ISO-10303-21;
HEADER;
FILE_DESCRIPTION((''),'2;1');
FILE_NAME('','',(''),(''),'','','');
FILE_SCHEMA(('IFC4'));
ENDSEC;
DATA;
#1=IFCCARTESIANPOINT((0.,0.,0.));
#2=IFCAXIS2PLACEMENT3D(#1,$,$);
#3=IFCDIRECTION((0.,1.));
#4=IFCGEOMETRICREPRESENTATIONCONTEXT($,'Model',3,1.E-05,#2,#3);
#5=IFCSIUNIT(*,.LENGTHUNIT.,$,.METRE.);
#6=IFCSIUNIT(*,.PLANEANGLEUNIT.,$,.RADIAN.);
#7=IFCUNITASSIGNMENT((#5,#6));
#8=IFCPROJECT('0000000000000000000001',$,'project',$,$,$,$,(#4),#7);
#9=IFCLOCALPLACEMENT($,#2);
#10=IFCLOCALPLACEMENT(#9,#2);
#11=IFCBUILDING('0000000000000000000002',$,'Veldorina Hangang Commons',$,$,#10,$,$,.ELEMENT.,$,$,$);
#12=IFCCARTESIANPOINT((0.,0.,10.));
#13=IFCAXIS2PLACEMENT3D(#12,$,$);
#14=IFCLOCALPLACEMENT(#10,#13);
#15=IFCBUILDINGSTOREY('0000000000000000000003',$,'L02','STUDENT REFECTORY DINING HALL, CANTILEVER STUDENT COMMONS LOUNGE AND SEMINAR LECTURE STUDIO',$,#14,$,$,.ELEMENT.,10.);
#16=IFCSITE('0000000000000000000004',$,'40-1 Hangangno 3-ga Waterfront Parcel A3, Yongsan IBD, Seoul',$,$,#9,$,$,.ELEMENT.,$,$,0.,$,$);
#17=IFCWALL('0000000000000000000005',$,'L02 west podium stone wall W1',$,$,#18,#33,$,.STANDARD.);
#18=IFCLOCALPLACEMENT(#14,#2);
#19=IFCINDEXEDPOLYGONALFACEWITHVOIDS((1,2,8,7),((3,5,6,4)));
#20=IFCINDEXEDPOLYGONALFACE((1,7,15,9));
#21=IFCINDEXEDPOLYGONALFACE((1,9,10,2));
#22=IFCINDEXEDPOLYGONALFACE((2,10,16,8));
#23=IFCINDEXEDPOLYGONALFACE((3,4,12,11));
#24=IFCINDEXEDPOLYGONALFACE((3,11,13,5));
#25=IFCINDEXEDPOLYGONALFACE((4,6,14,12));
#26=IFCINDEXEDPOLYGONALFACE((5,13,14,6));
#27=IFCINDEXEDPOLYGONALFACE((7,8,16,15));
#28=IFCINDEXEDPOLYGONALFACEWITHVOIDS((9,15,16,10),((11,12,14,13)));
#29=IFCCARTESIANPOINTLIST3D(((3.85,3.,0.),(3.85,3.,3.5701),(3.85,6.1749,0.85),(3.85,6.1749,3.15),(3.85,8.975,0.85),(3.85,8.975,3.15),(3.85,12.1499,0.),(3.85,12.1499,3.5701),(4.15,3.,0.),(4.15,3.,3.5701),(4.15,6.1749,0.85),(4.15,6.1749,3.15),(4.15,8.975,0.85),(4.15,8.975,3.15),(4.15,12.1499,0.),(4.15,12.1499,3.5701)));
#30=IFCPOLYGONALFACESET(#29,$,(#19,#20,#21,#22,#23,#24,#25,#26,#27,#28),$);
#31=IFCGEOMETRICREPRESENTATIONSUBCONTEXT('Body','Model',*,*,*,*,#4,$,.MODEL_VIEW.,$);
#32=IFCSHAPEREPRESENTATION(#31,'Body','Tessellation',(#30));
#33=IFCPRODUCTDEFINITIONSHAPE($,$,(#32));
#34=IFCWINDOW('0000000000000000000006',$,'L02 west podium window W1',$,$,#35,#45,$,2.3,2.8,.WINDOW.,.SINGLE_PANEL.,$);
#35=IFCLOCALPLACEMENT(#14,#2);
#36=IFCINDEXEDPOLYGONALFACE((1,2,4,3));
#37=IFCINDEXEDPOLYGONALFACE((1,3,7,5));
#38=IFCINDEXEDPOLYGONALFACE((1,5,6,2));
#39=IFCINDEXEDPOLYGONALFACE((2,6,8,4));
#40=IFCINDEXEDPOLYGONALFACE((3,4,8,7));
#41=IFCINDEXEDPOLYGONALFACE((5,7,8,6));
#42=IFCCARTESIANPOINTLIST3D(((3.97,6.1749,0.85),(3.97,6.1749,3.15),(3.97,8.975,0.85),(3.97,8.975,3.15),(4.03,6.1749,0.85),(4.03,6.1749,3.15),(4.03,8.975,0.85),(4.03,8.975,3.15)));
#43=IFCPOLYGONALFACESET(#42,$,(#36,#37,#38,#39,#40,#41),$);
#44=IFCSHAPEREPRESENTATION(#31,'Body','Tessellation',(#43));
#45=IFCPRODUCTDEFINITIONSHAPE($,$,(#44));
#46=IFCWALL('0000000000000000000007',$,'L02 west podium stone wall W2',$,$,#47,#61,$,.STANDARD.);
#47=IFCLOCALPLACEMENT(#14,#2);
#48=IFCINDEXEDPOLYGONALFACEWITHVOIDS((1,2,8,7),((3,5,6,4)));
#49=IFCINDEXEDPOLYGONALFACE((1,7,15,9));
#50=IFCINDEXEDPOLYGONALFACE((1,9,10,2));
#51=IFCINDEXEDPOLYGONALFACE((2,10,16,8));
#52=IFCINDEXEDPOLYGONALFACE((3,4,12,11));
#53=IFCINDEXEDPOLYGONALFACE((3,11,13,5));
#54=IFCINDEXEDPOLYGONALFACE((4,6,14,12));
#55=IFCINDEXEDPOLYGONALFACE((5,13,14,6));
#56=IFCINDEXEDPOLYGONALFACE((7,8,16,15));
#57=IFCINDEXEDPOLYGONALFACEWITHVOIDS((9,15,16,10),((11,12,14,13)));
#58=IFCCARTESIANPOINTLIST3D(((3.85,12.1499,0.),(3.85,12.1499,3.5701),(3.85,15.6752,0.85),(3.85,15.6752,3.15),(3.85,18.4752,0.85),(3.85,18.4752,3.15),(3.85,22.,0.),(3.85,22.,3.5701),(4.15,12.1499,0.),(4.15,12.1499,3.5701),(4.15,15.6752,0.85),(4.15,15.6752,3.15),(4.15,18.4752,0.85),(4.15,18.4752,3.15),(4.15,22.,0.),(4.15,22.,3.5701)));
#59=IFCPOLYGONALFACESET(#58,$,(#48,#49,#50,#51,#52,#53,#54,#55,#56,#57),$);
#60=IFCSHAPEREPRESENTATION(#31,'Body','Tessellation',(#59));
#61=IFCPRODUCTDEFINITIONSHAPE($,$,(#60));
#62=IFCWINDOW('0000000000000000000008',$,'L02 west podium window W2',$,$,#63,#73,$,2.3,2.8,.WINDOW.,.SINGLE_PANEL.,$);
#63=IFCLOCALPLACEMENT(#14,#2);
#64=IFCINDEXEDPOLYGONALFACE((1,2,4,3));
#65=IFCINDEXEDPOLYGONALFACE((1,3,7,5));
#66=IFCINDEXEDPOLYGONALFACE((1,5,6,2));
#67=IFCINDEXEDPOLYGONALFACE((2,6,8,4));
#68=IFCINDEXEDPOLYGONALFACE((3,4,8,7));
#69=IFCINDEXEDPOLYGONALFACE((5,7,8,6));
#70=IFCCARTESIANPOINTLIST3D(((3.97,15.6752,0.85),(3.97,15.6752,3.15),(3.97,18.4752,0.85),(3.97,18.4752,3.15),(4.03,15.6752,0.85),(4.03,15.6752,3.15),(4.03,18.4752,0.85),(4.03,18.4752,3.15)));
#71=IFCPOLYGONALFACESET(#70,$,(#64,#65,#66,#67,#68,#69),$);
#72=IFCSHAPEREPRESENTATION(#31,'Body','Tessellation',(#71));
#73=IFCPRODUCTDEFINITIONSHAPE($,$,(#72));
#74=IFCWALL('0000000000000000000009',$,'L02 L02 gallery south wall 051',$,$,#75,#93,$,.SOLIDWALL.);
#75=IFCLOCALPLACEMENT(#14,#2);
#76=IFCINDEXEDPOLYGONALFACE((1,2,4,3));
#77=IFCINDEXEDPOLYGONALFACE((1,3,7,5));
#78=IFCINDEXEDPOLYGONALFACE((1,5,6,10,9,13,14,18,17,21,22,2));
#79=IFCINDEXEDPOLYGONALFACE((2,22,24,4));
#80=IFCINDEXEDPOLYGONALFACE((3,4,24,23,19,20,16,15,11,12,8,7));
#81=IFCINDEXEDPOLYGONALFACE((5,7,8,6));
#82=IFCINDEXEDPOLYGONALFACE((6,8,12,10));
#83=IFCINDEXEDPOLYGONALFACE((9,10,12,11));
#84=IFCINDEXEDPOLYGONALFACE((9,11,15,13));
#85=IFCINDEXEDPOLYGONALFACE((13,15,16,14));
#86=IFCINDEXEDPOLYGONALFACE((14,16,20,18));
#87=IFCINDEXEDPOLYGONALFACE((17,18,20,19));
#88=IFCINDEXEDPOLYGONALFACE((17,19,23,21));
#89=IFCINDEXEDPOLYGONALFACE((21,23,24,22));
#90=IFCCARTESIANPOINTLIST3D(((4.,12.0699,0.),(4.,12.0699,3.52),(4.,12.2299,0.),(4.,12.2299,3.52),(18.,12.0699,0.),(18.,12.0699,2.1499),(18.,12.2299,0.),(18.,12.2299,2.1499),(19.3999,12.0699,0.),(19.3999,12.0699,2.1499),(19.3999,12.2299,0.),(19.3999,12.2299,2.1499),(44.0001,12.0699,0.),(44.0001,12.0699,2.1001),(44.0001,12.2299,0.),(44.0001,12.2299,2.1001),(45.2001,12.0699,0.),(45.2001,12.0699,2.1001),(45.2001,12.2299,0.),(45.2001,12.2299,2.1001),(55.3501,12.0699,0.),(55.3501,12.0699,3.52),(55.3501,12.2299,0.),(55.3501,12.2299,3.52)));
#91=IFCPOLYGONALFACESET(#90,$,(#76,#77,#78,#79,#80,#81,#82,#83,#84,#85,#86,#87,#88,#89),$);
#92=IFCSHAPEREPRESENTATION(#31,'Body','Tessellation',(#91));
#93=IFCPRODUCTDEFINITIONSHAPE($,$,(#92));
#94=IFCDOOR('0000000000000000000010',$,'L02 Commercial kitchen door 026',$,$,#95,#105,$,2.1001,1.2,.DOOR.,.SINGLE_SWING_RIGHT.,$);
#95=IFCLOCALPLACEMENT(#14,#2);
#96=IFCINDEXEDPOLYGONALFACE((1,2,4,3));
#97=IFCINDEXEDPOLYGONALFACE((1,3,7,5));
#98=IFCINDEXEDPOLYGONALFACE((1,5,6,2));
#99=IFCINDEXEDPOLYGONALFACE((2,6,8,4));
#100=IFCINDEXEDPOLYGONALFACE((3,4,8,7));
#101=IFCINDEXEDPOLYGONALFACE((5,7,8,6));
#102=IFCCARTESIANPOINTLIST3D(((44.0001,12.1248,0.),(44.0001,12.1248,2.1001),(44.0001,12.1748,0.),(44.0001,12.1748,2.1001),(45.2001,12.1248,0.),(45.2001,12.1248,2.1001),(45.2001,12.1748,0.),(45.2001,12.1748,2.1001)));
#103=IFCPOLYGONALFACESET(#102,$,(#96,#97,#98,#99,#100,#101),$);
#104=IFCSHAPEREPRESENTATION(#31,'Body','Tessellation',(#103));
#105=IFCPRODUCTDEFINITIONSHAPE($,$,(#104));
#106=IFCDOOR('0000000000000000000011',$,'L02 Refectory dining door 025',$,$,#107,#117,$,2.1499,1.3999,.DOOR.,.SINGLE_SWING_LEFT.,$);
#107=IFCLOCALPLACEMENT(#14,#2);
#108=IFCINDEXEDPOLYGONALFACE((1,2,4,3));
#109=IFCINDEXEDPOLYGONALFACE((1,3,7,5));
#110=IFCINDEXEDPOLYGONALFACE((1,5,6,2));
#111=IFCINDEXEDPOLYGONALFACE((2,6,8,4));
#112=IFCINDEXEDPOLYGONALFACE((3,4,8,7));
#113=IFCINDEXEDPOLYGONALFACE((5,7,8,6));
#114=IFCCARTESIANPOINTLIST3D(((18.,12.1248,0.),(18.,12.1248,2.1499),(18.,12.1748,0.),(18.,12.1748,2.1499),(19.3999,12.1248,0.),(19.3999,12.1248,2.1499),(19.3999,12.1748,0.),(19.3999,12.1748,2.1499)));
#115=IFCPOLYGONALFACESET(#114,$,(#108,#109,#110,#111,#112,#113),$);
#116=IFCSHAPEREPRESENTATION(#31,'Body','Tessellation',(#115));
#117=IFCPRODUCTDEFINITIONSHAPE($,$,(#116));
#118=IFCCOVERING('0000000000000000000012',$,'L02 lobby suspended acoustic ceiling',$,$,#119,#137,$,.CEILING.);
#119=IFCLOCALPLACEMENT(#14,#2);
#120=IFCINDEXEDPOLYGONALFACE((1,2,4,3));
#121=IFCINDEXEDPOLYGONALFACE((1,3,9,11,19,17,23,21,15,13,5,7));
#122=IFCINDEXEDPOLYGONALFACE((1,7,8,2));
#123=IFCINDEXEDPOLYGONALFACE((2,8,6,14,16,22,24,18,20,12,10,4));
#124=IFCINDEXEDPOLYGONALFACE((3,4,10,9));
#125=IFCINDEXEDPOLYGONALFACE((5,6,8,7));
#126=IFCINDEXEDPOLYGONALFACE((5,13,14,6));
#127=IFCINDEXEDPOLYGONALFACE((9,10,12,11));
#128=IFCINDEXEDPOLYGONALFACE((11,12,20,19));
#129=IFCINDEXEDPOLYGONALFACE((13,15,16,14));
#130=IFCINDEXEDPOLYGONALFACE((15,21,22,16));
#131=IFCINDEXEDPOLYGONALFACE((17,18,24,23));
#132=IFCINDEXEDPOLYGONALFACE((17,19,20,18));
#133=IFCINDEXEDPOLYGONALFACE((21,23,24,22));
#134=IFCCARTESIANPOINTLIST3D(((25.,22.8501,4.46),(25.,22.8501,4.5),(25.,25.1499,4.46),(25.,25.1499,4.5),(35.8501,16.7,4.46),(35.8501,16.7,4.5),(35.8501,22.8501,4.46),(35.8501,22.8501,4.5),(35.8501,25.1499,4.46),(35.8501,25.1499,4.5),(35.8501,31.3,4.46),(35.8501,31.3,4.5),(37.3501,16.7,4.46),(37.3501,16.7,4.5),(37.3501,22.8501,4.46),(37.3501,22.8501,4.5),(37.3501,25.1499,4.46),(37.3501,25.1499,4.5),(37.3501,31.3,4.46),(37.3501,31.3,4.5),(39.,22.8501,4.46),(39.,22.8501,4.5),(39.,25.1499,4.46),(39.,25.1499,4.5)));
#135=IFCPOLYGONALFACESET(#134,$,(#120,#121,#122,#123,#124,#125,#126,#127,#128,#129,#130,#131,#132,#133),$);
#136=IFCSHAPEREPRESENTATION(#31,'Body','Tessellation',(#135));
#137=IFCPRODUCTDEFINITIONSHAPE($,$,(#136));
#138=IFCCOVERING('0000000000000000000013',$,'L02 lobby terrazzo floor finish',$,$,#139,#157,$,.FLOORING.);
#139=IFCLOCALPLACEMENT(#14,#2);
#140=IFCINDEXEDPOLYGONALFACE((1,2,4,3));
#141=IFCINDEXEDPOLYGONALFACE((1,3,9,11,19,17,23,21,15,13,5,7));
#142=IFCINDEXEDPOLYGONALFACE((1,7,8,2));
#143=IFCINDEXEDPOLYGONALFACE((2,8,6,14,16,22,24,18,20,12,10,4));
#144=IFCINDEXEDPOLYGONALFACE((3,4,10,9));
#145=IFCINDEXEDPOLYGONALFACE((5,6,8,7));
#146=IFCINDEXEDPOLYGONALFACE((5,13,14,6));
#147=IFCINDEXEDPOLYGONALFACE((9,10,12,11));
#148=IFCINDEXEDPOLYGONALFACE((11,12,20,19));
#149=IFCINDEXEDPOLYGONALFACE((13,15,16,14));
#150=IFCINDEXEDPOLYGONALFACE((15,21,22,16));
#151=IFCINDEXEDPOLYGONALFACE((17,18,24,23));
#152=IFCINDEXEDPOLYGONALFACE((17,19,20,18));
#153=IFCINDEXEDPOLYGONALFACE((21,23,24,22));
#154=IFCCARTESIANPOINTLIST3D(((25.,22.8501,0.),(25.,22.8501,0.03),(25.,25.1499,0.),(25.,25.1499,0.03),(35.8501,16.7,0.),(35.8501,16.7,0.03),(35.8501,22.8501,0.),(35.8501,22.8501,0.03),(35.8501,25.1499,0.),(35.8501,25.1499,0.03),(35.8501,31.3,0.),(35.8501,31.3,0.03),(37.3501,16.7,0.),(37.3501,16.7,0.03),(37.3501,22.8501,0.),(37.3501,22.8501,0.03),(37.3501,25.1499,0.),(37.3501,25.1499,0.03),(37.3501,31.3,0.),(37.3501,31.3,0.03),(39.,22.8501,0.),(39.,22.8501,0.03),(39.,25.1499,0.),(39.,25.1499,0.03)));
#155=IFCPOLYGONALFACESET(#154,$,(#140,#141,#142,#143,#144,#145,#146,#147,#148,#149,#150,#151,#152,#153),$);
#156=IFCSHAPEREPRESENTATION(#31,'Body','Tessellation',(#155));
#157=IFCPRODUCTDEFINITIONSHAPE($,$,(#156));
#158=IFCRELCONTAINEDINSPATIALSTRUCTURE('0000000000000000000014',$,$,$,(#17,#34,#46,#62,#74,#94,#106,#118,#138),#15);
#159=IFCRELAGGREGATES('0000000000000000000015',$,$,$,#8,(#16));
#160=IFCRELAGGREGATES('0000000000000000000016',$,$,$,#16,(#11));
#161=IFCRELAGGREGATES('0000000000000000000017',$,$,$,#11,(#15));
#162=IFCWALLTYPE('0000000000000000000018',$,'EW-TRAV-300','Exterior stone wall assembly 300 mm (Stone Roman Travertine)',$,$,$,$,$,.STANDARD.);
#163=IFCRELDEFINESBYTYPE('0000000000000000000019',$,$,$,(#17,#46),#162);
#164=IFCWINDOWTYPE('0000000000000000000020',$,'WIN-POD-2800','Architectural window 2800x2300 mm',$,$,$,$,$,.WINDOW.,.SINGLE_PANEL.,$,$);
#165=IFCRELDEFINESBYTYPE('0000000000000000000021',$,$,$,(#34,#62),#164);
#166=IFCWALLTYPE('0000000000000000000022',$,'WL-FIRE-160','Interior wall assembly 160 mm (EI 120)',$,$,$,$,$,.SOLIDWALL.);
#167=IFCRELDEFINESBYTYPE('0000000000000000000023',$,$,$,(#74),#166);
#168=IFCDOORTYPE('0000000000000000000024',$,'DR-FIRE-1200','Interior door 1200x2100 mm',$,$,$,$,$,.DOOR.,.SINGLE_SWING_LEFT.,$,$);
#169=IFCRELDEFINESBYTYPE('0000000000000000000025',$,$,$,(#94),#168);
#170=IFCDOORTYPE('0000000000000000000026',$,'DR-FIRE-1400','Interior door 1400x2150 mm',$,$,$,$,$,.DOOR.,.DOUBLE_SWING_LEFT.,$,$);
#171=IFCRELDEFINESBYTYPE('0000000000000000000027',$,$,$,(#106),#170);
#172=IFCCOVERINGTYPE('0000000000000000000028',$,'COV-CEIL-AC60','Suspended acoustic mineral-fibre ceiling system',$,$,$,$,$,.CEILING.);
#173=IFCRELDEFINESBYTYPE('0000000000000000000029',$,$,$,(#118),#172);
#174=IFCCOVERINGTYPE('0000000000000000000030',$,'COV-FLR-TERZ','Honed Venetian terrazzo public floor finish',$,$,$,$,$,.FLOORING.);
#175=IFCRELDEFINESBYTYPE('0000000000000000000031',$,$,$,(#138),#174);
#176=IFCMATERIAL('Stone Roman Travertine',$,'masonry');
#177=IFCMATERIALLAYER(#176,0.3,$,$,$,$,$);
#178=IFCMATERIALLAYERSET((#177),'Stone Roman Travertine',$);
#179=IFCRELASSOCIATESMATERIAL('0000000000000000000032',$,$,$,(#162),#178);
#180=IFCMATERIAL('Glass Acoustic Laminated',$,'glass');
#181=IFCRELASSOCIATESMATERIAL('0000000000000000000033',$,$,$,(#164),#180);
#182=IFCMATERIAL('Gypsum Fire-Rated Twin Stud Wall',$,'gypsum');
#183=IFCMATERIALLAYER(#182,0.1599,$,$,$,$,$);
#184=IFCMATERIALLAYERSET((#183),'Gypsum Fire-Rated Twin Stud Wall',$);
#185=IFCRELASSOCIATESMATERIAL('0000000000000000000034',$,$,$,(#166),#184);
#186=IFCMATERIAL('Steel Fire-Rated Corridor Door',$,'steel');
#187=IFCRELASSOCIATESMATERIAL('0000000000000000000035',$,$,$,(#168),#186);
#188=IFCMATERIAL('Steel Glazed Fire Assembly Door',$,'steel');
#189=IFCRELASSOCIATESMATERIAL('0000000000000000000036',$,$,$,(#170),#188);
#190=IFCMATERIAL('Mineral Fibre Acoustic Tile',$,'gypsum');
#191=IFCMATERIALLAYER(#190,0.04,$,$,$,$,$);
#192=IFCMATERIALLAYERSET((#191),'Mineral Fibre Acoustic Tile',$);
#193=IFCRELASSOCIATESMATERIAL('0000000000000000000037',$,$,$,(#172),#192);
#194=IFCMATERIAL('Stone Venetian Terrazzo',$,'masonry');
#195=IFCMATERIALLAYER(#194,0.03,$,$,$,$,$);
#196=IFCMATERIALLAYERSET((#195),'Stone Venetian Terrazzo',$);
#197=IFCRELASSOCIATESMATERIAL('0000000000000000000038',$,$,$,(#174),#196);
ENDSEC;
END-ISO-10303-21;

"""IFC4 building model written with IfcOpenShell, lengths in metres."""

from ifc_helpers import new_model, si_unit, direction, frame, frame_2d, origin, place, context, subcontext, project, spatial, polyline, rectangle, outline, extrude, material, layer, layer_set, type_object, element, fill, save


model = new_model("IFC4")

# Units and contexts
model_context = context("Model", 3, precision=1e-05, world=origin(), true_north=direction((0.0, 1.0)))
body_context = subcontext(model_context, "Body", "Model", "MODEL_VIEW")
ifc_project = project(units=[si_unit("LENGTHUNIT", "METRE"), si_unit("PLANEANGLEUNIT", "RADIAN")], contexts=[model_context])

# Site, building, storey
site_placement = place(None, origin())
site = spatial("IfcSite", under=ifc_project, at=site_placement, Name="40-1 Hangangno 3-ga Waterfront Parcel A3, Yongsan IBD, Seoul", CompositionType="ELEMENT", RefElevation=0.0)
building_placement = place(site_placement, origin())
building = spatial("IfcBuilding", under=site, at=building_placement, Name="Veldorina Hangang Commons", CompositionType="ELEMENT")
storey_placement = place(building_placement, frame((0.0, 0.0, 10.0)))
storey = spatial("IfcBuildingStorey", under=building, at=storey_placement, Name="L02", Description="STUDENT REFECTORY DINING HALL, CANTILEVER STUDENT COMMONS LOUNGE AND SEMINAR LECTURE STUDIO", CompositionType="ELEMENT", Elevation=10.0)

# Walls, openings, windows
ifc_material_1 = material(Name="Stone Roman Travertine", Category="masonry")
ifc_layer_1 = layer(ifc_material_1, 0.3)
ifc_layer_set_1 = layer_set([ifc_layer_1], Name="Stone Roman Travertine")
wall_type_1 = type_object("IfcWallType", Name="EW-TRAV-300", Description="Exterior stone wall assembly 300 mm (Stone Roman Travertine)", PredefinedType="STANDARD", material=ifc_layer_set_1)
ifc_material_2 = material(Name="Glass Acoustic Laminated", Category="glass")
window_type = type_object("IfcWindowType", Name="WIN-POD-2800", Description="Architectural window 2800x2300 mm", PartitioningType="SINGLE_PANEL", PredefinedType="WINDOW", material=ifc_material_2)
wall_1_placement = place(storey_placement, frame((4.0, 12.1499, 0.0), z_axis=(0.0, 0.0, 1.0), x_axis=(0.0, -1.0, 0.0)))
wall_1 = element("IfcWall", 1, at=wall_1_placement, inside=storey, type_object=wall_type_1, Name="L02 west podium stone wall W1", PredefinedType="STANDARD", context=body_context, shape_type="SweptSolid", body=[
    extrude(rectangle(XDim=9.1499, YDim=0.3, at=frame_2d((4.575, 0.0))), origin(), (0.0, 0.0, 1.0), 3.5701),
])
opening_1_placement = place(wall_1_placement, frame((3.175, 0.0, 0.8501)))
opening_1 = element("IfcOpeningElement", 2, at=opening_1_placement, cuts=wall_1, PredefinedType="OPENING", context=body_context, shape_type="SweptSolid", body=[
    extrude(rectangle(XDim=2.8, YDim=2.3, at=frame_2d((1.3999, 1.1499))), frame((0.0, 0.1602, 0.0), z_axis=(0.0, -1.0, 0.0), x_axis=(1.0, 0.0, 0.0)), (0.0, 0.0, 1.0), 0.3201),
])
window_1_placement = place(opening_1_placement, origin())
window_1 = element("IfcWindow", 3, at=window_1_placement, inside=storey, type_object=window_type, Name="L02 west podium window W1", OverallHeight=2.3, OverallWidth=2.8, PartitioningType="SINGLE_PANEL", PredefinedType="WINDOW", context=body_context, shape_type="SweptSolid", body=[
    extrude(rectangle(XDim=2.8, YDim=2.3, at=frame_2d((1.3999, 1.1499))), frame((0.0, 0.03, 0.0), z_axis=(0.0, -1.0, 0.0), x_axis=(1.0, 0.0, 0.0)), (0.0, 0.0, 1.0), 0.0601),
])
fill(opening_1, window_1)
wall_2_placement = place(storey_placement, frame((4.0, 22.0, 0.0), z_axis=(0.0, 0.0, 1.0), x_axis=(0.0, -1.0, 0.0)))
wall_2 = element("IfcWall", 4, at=wall_2_placement, inside=storey, type_object=wall_type_1, Name="L02 west podium stone wall W2", PredefinedType="STANDARD", context=body_context, shape_type="SweptSolid", body=[
    extrude(rectangle(XDim=9.8501, YDim=0.3, at=frame_2d((4.925, 0.0))), origin(), (0.0, 0.0, 1.0), 3.5701),
])
opening_2_placement = place(wall_2_placement, frame((3.5249, 0.0, 0.8501)))
opening_2 = element("IfcOpeningElement", 5, at=opening_2_placement, cuts=wall_2, PredefinedType="OPENING", context=body_context, shape_type="SweptSolid", body=[
    extrude(rectangle(XDim=2.8, YDim=2.3, at=frame_2d((1.3999, 1.1499))), frame((0.0, 0.1602, 0.0), z_axis=(0.0, -1.0, 0.0), x_axis=(1.0, 0.0, 0.0)), (0.0, 0.0, 1.0), 0.3201),
])
window_2_placement = place(opening_2_placement, origin())
window_2 = element("IfcWindow", 6, at=window_2_placement, inside=storey, type_object=window_type, Name="L02 west podium window W2", OverallHeight=2.3, OverallWidth=2.8, PartitioningType="SINGLE_PANEL", PredefinedType="WINDOW", context=body_context, shape_type="SweptSolid", body=[
    extrude(rectangle(XDim=2.8, YDim=2.3, at=frame_2d((1.3999, 1.1499))), frame((0.0, 0.03, 0.0), z_axis=(0.0, -1.0, 0.0), x_axis=(1.0, 0.0, 0.0)), (0.0, 0.0, 1.0), 0.0601),
])
fill(opening_2, window_2)

# Wall, openings, doors
ifc_material_3 = material(Name="Gypsum Fire-Rated Twin Stud Wall", Category="gypsum")
ifc_layer_2 = layer(ifc_material_3, 0.1599)
ifc_layer_set_2 = layer_set([ifc_layer_2], Name="Gypsum Fire-Rated Twin Stud Wall")
wall_type_2 = type_object("IfcWallType", Name="WL-FIRE-160", Description="Interior wall assembly 160 mm (EI 120)", PredefinedType="SOLIDWALL", material=ifc_layer_set_2)
wall_3_placement = place(storey_placement, frame((4.0, 12.1499, 0.0), z_axis=(0.0, 0.0, 1.0), x_axis=(1.0, 0.0, 0.0)))
wall_3 = element("IfcWall", 7, at=wall_3_placement, inside=storey, type_object=wall_type_2, Name="L02 L02 gallery south wall 051", PredefinedType="SOLIDWALL", context=body_context, shape_type="SweptSolid", body=[
    extrude(rectangle(XDim=51.3501, YDim=0.1599, at=frame_2d((25.675, 0.0))), origin(), (0.0, 0.0, 1.0), 3.52),
])
opening_3_placement = place(wall_3_placement, frame((14.0, 0.0, 0.0)))
opening_3 = element("IfcOpeningElement", 8, at=opening_3_placement, cuts=wall_3, PredefinedType="OPENING", context=body_context, shape_type="SweptSolid", body=[
    extrude(rectangle(XDim=1.3999, YDim=2.1499, at=frame_2d((0.7, 1.075))), frame((0.0, 0.0898, 0.0), z_axis=(0.0, -1.0, 0.0), x_axis=(1.0, 0.0, 0.0)), (0.0, 0.0, 1.0), 0.1799),
])
opening_4_placement = place(wall_3_placement, frame((40.0, 0.0, 0.0)))
opening_4 = element("IfcOpeningElement", 9, at=opening_4_placement, cuts=wall_3, PredefinedType="OPENING", context=body_context, shape_type="SweptSolid", body=[
    extrude(rectangle(XDim=1.2, YDim=2.1001, at=frame_2d((0.6001, 1.05))), frame((0.0, 0.0898, 0.0), z_axis=(0.0, -1.0, 0.0), x_axis=(1.0, 0.0, 0.0)), (0.0, 0.0, 1.0), 0.1799),
])
ifc_material_4 = material(Name="Steel Fire-Rated Corridor Door", Category="steel")
door_type_1 = type_object("IfcDoorType", Name="DR-FIRE-1200", Description="Interior door 1200x2100 mm", OperationType="SINGLE_SWING_LEFT", PredefinedType="DOOR", material=ifc_material_4)
door_1_placement = place(opening_4_placement, origin())
door_1 = element("IfcDoor", 10, at=door_1_placement, inside=storey, type_object=door_type_1, Name="L02 Commercial kitchen door 026", OperationType="SINGLE_SWING_RIGHT", OverallHeight=2.1001, OverallWidth=1.2, PredefinedType="DOOR", context=body_context, shape_type="SweptSolid", body=[
    extrude(rectangle(XDim=1.2, YDim=2.1001, at=frame_2d((0.6001, 1.05))), frame((0.0, 0.0249, 0.0), z_axis=(0.0, -1.0, 0.0), x_axis=(1.0, 0.0, 0.0)), (0.0, 0.0, 1.0), 0.05),
])
fill(opening_4, door_1)
ifc_material_5 = material(Name="Steel Glazed Fire Assembly Door", Category="steel")
door_type_2 = type_object("IfcDoorType", Name="DR-FIRE-1400", Description="Interior door 1400x2150 mm", OperationType="DOUBLE_SWING_LEFT", PredefinedType="DOOR", material=ifc_material_5)
door_2_placement = place(opening_3_placement, origin())
door_2 = element("IfcDoor", 11, at=door_2_placement, inside=storey, type_object=door_type_2, Name="L02 Refectory dining door 025", OperationType="SINGLE_SWING_LEFT", OverallHeight=2.1499, OverallWidth=1.3999, PredefinedType="DOOR", context=body_context, shape_type="SweptSolid", body=[
    extrude(rectangle(XDim=1.3999, YDim=2.1499, at=frame_2d((0.7, 1.075))), frame((0.0, 0.0249, 0.0), z_axis=(0.0, -1.0, 0.0), x_axis=(1.0, 0.0, 0.0)), (0.0, 0.0, 1.0), 0.05),
])
fill(opening_3, door_2)

# Coverings
ifc_material_6 = material(Name="Mineral Fibre Acoustic Tile", Category="gypsum")
ifc_layer_3 = layer(ifc_material_6, 0.04)
ifc_layer_set_3 = layer_set([ifc_layer_3], Name="Mineral Fibre Acoustic Tile")
covering_type_1 = type_object("IfcCoveringType", Name="COV-CEIL-AC60", Description="Suspended acoustic mineral-fibre ceiling system", PredefinedType="CEILING", material=ifc_layer_set_3)
covering_1_placement = place(storey_placement, frame((0.0, 0.0, 4.46)))
element("IfcCovering", 12, at=covering_1_placement, inside=storey, type_object=covering_type_1, Name="L02 lobby suspended acoustic ceiling", PredefinedType="CEILING", context=body_context, shape_type="SweptSolid", body=[
    extrude(outline(polyline([(25.0, 22.8501), (35.8501, 22.8501), (35.8501, 16.7), (37.3501, 16.7), (37.3501, 22.8501), (39.0, 22.8501), (39.0, 25.1499), (37.3501, 25.1499), (37.3501, 31.3), (35.8501, 31.3), (35.8501, 25.1499), (25.0, 25.1499), (25.0, 22.8501)])), origin(), (0.0, 0.0, 1.0), 0.04),
])
ifc_material_7 = material(Name="Stone Venetian Terrazzo", Category="masonry")
ifc_layer_4 = layer(ifc_material_7, 0.03)
ifc_layer_set_4 = layer_set([ifc_layer_4], Name="Stone Venetian Terrazzo")
covering_type_2 = type_object("IfcCoveringType", Name="COV-FLR-TERZ", Description="Honed Venetian terrazzo public floor finish", PredefinedType="FLOORING", material=ifc_layer_set_4)
covering_2_placement = place(storey_placement, origin())
element("IfcCovering", 13, at=covering_2_placement, inside=storey, type_object=covering_type_2, Name="L02 lobby terrazzo floor finish", PredefinedType="FLOORING", context=body_context, shape_type="SweptSolid", body=[
    extrude(outline(polyline([(25.0, 22.8501), (35.8501, 22.8501), (35.8501, 16.7), (37.3501, 16.7), (37.3501, 22.8501), (39.0, 22.8501), (39.0, 25.1499), (37.3501, 25.1499), (37.3501, 31.3), (35.8501, 31.3), (35.8501, 25.1499), (25.0, 25.1499), (25.0, 22.8501)])), origin(), (0.0, 0.0, 1.0), 0.03),
])

save(model, "model.ifc")
